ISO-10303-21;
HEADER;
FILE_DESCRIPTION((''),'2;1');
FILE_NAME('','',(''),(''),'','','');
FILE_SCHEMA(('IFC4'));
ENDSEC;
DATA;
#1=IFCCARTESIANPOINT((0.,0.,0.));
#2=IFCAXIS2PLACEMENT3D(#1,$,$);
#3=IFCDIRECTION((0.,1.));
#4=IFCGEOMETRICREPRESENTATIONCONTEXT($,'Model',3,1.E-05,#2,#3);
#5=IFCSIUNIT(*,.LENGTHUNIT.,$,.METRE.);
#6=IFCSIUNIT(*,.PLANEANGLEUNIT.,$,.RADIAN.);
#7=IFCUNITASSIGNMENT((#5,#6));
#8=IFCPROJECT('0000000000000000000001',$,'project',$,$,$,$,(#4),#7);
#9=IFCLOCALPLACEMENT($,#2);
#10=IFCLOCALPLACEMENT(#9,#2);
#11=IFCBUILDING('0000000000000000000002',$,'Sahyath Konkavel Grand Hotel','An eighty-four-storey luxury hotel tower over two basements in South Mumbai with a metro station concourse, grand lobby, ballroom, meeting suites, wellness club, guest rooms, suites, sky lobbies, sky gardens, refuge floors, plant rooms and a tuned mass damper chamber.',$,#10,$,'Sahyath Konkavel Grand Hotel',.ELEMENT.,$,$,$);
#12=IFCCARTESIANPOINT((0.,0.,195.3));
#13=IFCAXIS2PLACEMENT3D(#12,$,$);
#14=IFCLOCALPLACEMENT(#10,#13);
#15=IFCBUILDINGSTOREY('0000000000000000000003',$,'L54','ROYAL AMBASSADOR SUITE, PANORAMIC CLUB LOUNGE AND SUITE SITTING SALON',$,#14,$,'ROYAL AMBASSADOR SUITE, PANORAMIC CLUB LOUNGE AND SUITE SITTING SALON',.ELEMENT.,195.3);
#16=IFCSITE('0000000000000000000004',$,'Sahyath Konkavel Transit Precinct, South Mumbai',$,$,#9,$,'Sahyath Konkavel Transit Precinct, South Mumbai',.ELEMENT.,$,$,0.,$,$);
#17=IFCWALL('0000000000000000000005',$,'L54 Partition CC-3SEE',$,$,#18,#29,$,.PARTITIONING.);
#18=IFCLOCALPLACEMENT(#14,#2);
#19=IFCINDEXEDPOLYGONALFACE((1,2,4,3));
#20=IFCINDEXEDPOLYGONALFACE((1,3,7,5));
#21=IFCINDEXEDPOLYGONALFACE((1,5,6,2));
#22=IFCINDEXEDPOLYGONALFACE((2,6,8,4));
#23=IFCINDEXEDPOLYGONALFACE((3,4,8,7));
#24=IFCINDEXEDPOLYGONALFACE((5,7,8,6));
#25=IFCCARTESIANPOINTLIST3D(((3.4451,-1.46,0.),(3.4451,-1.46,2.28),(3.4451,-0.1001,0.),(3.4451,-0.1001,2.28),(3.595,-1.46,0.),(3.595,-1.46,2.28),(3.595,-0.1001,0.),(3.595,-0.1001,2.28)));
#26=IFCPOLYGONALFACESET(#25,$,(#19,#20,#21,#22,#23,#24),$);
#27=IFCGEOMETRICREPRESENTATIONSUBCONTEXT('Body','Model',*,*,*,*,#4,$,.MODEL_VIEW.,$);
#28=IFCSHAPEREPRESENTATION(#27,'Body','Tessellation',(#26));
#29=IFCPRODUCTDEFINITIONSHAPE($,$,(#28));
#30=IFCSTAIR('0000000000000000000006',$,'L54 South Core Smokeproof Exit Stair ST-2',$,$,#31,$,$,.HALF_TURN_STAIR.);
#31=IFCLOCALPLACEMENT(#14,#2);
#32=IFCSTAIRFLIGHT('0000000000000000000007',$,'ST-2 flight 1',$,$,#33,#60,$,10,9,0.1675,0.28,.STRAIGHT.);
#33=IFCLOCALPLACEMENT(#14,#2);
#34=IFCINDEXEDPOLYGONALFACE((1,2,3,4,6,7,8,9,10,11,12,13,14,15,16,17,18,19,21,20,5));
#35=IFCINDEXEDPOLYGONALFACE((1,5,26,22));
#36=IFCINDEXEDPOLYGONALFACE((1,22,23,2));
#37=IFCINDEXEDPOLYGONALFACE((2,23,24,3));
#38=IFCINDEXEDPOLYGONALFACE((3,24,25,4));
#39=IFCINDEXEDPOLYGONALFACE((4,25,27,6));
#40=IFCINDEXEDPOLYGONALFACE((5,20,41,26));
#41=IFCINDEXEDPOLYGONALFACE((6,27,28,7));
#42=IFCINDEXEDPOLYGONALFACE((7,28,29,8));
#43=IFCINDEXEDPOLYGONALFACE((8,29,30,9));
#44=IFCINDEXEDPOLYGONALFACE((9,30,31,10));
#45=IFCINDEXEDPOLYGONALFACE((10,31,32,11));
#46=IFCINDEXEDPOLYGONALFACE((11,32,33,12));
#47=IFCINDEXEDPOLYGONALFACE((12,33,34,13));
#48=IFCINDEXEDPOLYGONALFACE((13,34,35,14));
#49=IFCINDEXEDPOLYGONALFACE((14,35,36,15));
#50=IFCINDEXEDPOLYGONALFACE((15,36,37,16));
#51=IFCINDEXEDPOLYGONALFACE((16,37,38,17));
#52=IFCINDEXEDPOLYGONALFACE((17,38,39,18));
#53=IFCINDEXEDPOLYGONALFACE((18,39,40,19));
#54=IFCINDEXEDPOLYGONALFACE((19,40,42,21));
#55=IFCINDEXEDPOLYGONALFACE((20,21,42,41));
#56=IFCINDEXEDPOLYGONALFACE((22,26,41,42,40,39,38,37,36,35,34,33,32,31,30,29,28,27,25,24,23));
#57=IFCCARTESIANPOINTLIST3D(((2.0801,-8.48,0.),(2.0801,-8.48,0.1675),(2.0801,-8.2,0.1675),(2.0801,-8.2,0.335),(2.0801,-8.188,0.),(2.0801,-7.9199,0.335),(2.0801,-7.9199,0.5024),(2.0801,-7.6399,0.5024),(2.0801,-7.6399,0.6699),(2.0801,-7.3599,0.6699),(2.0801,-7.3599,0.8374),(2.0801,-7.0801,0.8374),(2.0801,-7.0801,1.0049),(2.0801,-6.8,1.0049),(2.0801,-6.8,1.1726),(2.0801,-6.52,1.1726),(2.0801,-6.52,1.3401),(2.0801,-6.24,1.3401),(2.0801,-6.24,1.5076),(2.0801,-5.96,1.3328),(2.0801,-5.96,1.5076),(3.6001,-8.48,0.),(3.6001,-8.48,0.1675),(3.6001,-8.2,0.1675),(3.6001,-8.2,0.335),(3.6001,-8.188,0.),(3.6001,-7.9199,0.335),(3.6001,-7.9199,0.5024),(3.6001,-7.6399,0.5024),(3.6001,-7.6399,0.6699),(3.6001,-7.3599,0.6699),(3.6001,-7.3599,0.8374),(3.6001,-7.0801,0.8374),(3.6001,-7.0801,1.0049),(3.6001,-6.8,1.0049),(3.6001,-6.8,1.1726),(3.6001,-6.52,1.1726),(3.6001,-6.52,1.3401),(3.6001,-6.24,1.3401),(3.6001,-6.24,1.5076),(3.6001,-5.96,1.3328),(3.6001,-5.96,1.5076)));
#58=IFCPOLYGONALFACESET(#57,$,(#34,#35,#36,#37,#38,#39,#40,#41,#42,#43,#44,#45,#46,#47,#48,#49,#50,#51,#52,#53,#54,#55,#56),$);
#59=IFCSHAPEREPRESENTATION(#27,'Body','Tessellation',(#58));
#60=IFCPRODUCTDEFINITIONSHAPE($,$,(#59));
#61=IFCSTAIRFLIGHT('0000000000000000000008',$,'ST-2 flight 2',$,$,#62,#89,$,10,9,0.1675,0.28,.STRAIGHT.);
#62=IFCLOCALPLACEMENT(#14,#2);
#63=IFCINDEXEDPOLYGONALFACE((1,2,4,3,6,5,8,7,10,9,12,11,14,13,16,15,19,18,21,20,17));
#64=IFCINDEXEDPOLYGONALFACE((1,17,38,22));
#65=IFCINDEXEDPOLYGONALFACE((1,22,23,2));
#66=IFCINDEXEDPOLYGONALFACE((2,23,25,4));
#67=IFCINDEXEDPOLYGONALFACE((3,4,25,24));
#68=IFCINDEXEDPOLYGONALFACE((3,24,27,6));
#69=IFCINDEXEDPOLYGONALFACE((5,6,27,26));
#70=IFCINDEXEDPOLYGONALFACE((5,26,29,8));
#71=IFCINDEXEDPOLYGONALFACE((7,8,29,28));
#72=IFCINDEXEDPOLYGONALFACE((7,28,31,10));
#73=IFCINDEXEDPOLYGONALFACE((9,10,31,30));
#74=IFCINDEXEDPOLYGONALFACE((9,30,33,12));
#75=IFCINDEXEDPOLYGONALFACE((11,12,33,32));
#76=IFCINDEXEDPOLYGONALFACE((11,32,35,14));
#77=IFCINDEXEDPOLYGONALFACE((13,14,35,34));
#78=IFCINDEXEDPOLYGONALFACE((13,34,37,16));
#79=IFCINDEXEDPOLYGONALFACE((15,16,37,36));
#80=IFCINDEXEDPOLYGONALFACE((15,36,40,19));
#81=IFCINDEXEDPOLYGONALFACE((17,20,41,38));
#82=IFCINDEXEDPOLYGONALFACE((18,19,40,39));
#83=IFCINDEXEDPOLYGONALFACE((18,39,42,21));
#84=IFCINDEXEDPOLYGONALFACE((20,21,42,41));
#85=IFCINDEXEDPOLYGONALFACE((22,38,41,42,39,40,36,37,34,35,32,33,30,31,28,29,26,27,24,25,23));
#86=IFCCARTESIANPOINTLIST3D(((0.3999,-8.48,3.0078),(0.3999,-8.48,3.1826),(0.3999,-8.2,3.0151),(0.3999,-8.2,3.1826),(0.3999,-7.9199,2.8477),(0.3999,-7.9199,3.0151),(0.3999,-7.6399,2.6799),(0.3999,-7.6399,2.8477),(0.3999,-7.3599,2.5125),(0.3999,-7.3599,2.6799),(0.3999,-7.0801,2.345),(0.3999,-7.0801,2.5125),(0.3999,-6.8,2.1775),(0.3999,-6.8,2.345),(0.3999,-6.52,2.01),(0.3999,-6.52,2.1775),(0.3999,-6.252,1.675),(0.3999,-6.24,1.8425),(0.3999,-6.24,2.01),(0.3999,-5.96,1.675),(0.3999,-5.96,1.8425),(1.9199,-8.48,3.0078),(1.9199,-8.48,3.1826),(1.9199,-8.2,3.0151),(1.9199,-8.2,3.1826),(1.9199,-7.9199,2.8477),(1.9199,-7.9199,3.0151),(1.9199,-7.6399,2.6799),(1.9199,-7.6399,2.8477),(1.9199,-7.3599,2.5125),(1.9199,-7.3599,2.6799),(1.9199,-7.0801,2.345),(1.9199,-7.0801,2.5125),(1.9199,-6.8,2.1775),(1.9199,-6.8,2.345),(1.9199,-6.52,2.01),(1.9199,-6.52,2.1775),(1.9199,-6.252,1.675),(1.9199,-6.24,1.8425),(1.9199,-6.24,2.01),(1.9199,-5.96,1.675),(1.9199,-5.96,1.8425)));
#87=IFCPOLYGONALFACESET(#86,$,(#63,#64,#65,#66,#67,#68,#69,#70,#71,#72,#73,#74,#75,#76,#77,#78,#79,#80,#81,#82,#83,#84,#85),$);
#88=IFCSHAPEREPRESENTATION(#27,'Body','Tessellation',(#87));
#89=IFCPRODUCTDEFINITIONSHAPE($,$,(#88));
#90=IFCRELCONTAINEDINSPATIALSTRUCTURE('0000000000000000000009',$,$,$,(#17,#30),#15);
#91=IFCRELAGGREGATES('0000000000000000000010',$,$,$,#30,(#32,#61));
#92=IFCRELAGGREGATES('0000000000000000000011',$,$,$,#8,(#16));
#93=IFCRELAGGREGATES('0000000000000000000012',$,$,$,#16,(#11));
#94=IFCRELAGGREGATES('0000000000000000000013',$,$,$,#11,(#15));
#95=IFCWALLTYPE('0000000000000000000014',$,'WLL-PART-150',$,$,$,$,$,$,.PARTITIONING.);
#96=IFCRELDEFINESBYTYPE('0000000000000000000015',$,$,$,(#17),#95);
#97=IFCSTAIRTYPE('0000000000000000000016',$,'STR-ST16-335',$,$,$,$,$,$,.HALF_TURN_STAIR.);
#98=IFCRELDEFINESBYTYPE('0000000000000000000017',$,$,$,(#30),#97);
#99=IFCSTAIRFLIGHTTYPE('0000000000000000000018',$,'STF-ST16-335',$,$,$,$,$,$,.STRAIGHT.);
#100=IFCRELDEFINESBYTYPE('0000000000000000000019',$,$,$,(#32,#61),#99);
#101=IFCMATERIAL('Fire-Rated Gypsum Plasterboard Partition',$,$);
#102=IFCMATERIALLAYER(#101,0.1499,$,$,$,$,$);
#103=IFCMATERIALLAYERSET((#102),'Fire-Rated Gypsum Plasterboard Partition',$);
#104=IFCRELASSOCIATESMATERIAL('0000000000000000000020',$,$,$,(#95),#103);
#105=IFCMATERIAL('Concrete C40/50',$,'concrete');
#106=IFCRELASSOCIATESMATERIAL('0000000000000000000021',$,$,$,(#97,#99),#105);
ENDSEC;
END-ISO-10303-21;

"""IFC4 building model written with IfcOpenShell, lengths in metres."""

from ifc_helpers import new_model, si_unit, direction, frame, frame_2d, origin, place, context, subcontext, project, spatial, polyline, rectangle, outline, extrude, material, layer, layer_set, type_object, element, aggregate, save


model = new_model("IFC4")

# Units and contexts
model_context = context("Model", 3, precision=1e-05, world=origin(), true_north=direction((0.0, 1.0)))
body_context = subcontext(model_context, "Body", "Model", "MODEL_VIEW")
ifc_project = project(units=[si_unit("LENGTHUNIT", "METRE"), si_unit("PLANEANGLEUNIT", "RADIAN")], contexts=[model_context])

# Site, building, storey
site_placement = place(None, origin())
site = spatial("IfcSite", under=ifc_project, at=site_placement, Name="Sahyath Konkavel Transit Precinct, South Mumbai", LongName="Sahyath Konkavel Transit Precinct, South Mumbai", CompositionType="ELEMENT", RefElevation=0.0)
building_placement = place(site_placement, origin())
building = spatial("IfcBuilding", under=site, at=building_placement, Name="Sahyath Konkavel Grand Hotel", Description="An eighty-four-storey luxury hotel tower over two basements in South Mumbai with a metro station concourse, grand lobby, ballroom, meeting suites, wellness club, guest rooms, suites, sky lobbies, sky gardens, refuge floors, plant rooms and a tuned mass damper chamber.", LongName="Sahyath Konkavel Grand Hotel", CompositionType="ELEMENT")
storey_placement = place(building_placement, frame((0.0, 0.0, 195.3)))
storey = spatial("IfcBuildingStorey", under=building, at=storey_placement, Name="L54", Description="ROYAL AMBASSADOR SUITE, PANORAMIC CLUB LOUNGE AND SUITE SITTING SALON", LongName="ROYAL AMBASSADOR SUITE, PANORAMIC CLUB LOUNGE AND SUITE SITTING SALON", CompositionType="ELEMENT", Elevation=195.3)

# Shared definitions
ifc_material_1 = material(Name="Concrete C40/50", Category="concrete")

# Shared definitions
ifc_material_2 = material(Name="Fire-Rated Gypsum Plasterboard Partition")
ifc_layer_1 = layer(ifc_material_2, 0.1499)
ifc_layer_set_1 = layer_set([ifc_layer_1], Name="Fire-Rated Gypsum Plasterboard Partition")
wall_type_1 = type_object("IfcWallType", Name="WLL-PART-150", PredefinedType="PARTITIONING", material=ifc_layer_set_1)

# Wall
wall_1_placement = place(storey_placement, frame((3.52, -1.46, 0.0), z_axis=(0.0, 0.0, 1.0), x_axis=(0.0, 1.0, 0.0)))
element("IfcWall", 1, at=wall_1_placement, inside=storey, type_object=wall_type_1, Name="L54 Partition CC-3SEE", PredefinedType="PARTITIONING", context=body_context, shape_type="SweptSolid", body=[
    extrude(rectangle(XDim=1.3599, YDim=0.1499, at=frame_2d((0.6799, 0.0))), origin(), (0.0, 0.0, 1.0), 2.28),
])

# Stair, stair flights
stair_type = type_object("IfcStairType", Name="STR-ST16-335", PredefinedType="HALF_TURN_STAIR", material=ifc_material_1)
stair_placement = place(storey_placement, origin())
stair = element("IfcStair", 2, at=stair_placement, inside=storey, type_object=stair_type, Name="L54 South Core Smokeproof Exit Stair ST-2", PredefinedType="HALF_TURN_STAIR")
stair_flight_type = type_object("IfcStairFlightType", Name="STF-ST16-335", PredefinedType="STRAIGHT", material=ifc_material_1)
stair_flight_1_placement = place(storey_placement, frame((2.8401, -8.48, 0.0), z_axis=(0.0, 0.0, 1.0), x_axis=(0.0, 1.0, 0.0)))
stair_flight_1 = element("IfcStairFlight", 3, at=stair_flight_1_placement, type_object=stair_flight_type, Name="ST-2 flight 1", NumberOfRisers=10, NumberOfTreads=9, PredefinedType="STRAIGHT", RiserHeight=0.1675, TreadLength=0.28, context=body_context, shape_type="SweptSolid", body=[
    extrude(outline(polyline([(0.0, 0.0), (0.0, 0.1675), (0.28, 0.1675), (0.28, 0.335), (0.5601, 0.335), (0.5601, 0.5024), (0.8401, 0.5024), (0.8401, 0.6699), (1.1201, 0.6699), (1.1201, 0.8374), (1.3999, 0.8374), (1.3999, 1.0049), (1.6799, 1.0049), (1.6799, 1.1726), (1.96, 1.1726), (1.96, 1.3401), (2.24, 1.3401), (2.24, 1.5076), (2.52, 1.5076), (2.52, 1.675), (2.52, 1.3328), (0.292, 0.0), (0.0, 0.0)])), frame((0.0, 0.76, 0.0), z_axis=(0.0, -1.0, 0.0), x_axis=(1.0, 0.0, 0.0)), (0.0, 0.0, 1.0), 1.52),
])
stair_flight_2_placement = place(storey_placement, frame((1.1599, -5.96, 1.675), z_axis=(0.0, 0.0, 1.0), x_axis=(0.0, -1.0, 0.0)))
stair_flight_2 = element("IfcStairFlight", 4, at=stair_flight_2_placement, type_object=stair_flight_type, Name="ST-2 flight 2", NumberOfRisers=10, NumberOfTreads=9, PredefinedType="STRAIGHT", RiserHeight=0.1675, TreadLength=0.28, context=body_context, shape_type="SweptSolid", body=[
    extrude(outline(polyline([(0.0, 0.0), (0.0, 0.1675), (0.28, 0.1675), (0.28, 0.335), (0.5601, 0.335), (0.5601, 0.5024), (0.8401, 0.5024), (0.8401, 0.6699), (1.1201, 0.6699), (1.1201, 0.8374), (1.3999, 0.8374), (1.3999, 1.0049), (1.6799, 1.0049), (1.6799, 1.1726), (1.96, 1.1726), (1.96, 1.3401), (2.24, 1.3401), (2.24, 1.5076), (2.52, 1.5076), (2.52, 1.675), (2.52, 1.3328), (0.292, 0.0), (0.0, 0.0)])), frame((0.0, 0.76, 0.0), z_axis=(0.0, -1.0, 0.0), x_axis=(1.0, 0.0, 0.0)), (0.0, 0.0, 1.0), 1.52),
])
aggregate(stair, [stair_flight_1, stair_flight_2])

save(model, "model.ifc")
